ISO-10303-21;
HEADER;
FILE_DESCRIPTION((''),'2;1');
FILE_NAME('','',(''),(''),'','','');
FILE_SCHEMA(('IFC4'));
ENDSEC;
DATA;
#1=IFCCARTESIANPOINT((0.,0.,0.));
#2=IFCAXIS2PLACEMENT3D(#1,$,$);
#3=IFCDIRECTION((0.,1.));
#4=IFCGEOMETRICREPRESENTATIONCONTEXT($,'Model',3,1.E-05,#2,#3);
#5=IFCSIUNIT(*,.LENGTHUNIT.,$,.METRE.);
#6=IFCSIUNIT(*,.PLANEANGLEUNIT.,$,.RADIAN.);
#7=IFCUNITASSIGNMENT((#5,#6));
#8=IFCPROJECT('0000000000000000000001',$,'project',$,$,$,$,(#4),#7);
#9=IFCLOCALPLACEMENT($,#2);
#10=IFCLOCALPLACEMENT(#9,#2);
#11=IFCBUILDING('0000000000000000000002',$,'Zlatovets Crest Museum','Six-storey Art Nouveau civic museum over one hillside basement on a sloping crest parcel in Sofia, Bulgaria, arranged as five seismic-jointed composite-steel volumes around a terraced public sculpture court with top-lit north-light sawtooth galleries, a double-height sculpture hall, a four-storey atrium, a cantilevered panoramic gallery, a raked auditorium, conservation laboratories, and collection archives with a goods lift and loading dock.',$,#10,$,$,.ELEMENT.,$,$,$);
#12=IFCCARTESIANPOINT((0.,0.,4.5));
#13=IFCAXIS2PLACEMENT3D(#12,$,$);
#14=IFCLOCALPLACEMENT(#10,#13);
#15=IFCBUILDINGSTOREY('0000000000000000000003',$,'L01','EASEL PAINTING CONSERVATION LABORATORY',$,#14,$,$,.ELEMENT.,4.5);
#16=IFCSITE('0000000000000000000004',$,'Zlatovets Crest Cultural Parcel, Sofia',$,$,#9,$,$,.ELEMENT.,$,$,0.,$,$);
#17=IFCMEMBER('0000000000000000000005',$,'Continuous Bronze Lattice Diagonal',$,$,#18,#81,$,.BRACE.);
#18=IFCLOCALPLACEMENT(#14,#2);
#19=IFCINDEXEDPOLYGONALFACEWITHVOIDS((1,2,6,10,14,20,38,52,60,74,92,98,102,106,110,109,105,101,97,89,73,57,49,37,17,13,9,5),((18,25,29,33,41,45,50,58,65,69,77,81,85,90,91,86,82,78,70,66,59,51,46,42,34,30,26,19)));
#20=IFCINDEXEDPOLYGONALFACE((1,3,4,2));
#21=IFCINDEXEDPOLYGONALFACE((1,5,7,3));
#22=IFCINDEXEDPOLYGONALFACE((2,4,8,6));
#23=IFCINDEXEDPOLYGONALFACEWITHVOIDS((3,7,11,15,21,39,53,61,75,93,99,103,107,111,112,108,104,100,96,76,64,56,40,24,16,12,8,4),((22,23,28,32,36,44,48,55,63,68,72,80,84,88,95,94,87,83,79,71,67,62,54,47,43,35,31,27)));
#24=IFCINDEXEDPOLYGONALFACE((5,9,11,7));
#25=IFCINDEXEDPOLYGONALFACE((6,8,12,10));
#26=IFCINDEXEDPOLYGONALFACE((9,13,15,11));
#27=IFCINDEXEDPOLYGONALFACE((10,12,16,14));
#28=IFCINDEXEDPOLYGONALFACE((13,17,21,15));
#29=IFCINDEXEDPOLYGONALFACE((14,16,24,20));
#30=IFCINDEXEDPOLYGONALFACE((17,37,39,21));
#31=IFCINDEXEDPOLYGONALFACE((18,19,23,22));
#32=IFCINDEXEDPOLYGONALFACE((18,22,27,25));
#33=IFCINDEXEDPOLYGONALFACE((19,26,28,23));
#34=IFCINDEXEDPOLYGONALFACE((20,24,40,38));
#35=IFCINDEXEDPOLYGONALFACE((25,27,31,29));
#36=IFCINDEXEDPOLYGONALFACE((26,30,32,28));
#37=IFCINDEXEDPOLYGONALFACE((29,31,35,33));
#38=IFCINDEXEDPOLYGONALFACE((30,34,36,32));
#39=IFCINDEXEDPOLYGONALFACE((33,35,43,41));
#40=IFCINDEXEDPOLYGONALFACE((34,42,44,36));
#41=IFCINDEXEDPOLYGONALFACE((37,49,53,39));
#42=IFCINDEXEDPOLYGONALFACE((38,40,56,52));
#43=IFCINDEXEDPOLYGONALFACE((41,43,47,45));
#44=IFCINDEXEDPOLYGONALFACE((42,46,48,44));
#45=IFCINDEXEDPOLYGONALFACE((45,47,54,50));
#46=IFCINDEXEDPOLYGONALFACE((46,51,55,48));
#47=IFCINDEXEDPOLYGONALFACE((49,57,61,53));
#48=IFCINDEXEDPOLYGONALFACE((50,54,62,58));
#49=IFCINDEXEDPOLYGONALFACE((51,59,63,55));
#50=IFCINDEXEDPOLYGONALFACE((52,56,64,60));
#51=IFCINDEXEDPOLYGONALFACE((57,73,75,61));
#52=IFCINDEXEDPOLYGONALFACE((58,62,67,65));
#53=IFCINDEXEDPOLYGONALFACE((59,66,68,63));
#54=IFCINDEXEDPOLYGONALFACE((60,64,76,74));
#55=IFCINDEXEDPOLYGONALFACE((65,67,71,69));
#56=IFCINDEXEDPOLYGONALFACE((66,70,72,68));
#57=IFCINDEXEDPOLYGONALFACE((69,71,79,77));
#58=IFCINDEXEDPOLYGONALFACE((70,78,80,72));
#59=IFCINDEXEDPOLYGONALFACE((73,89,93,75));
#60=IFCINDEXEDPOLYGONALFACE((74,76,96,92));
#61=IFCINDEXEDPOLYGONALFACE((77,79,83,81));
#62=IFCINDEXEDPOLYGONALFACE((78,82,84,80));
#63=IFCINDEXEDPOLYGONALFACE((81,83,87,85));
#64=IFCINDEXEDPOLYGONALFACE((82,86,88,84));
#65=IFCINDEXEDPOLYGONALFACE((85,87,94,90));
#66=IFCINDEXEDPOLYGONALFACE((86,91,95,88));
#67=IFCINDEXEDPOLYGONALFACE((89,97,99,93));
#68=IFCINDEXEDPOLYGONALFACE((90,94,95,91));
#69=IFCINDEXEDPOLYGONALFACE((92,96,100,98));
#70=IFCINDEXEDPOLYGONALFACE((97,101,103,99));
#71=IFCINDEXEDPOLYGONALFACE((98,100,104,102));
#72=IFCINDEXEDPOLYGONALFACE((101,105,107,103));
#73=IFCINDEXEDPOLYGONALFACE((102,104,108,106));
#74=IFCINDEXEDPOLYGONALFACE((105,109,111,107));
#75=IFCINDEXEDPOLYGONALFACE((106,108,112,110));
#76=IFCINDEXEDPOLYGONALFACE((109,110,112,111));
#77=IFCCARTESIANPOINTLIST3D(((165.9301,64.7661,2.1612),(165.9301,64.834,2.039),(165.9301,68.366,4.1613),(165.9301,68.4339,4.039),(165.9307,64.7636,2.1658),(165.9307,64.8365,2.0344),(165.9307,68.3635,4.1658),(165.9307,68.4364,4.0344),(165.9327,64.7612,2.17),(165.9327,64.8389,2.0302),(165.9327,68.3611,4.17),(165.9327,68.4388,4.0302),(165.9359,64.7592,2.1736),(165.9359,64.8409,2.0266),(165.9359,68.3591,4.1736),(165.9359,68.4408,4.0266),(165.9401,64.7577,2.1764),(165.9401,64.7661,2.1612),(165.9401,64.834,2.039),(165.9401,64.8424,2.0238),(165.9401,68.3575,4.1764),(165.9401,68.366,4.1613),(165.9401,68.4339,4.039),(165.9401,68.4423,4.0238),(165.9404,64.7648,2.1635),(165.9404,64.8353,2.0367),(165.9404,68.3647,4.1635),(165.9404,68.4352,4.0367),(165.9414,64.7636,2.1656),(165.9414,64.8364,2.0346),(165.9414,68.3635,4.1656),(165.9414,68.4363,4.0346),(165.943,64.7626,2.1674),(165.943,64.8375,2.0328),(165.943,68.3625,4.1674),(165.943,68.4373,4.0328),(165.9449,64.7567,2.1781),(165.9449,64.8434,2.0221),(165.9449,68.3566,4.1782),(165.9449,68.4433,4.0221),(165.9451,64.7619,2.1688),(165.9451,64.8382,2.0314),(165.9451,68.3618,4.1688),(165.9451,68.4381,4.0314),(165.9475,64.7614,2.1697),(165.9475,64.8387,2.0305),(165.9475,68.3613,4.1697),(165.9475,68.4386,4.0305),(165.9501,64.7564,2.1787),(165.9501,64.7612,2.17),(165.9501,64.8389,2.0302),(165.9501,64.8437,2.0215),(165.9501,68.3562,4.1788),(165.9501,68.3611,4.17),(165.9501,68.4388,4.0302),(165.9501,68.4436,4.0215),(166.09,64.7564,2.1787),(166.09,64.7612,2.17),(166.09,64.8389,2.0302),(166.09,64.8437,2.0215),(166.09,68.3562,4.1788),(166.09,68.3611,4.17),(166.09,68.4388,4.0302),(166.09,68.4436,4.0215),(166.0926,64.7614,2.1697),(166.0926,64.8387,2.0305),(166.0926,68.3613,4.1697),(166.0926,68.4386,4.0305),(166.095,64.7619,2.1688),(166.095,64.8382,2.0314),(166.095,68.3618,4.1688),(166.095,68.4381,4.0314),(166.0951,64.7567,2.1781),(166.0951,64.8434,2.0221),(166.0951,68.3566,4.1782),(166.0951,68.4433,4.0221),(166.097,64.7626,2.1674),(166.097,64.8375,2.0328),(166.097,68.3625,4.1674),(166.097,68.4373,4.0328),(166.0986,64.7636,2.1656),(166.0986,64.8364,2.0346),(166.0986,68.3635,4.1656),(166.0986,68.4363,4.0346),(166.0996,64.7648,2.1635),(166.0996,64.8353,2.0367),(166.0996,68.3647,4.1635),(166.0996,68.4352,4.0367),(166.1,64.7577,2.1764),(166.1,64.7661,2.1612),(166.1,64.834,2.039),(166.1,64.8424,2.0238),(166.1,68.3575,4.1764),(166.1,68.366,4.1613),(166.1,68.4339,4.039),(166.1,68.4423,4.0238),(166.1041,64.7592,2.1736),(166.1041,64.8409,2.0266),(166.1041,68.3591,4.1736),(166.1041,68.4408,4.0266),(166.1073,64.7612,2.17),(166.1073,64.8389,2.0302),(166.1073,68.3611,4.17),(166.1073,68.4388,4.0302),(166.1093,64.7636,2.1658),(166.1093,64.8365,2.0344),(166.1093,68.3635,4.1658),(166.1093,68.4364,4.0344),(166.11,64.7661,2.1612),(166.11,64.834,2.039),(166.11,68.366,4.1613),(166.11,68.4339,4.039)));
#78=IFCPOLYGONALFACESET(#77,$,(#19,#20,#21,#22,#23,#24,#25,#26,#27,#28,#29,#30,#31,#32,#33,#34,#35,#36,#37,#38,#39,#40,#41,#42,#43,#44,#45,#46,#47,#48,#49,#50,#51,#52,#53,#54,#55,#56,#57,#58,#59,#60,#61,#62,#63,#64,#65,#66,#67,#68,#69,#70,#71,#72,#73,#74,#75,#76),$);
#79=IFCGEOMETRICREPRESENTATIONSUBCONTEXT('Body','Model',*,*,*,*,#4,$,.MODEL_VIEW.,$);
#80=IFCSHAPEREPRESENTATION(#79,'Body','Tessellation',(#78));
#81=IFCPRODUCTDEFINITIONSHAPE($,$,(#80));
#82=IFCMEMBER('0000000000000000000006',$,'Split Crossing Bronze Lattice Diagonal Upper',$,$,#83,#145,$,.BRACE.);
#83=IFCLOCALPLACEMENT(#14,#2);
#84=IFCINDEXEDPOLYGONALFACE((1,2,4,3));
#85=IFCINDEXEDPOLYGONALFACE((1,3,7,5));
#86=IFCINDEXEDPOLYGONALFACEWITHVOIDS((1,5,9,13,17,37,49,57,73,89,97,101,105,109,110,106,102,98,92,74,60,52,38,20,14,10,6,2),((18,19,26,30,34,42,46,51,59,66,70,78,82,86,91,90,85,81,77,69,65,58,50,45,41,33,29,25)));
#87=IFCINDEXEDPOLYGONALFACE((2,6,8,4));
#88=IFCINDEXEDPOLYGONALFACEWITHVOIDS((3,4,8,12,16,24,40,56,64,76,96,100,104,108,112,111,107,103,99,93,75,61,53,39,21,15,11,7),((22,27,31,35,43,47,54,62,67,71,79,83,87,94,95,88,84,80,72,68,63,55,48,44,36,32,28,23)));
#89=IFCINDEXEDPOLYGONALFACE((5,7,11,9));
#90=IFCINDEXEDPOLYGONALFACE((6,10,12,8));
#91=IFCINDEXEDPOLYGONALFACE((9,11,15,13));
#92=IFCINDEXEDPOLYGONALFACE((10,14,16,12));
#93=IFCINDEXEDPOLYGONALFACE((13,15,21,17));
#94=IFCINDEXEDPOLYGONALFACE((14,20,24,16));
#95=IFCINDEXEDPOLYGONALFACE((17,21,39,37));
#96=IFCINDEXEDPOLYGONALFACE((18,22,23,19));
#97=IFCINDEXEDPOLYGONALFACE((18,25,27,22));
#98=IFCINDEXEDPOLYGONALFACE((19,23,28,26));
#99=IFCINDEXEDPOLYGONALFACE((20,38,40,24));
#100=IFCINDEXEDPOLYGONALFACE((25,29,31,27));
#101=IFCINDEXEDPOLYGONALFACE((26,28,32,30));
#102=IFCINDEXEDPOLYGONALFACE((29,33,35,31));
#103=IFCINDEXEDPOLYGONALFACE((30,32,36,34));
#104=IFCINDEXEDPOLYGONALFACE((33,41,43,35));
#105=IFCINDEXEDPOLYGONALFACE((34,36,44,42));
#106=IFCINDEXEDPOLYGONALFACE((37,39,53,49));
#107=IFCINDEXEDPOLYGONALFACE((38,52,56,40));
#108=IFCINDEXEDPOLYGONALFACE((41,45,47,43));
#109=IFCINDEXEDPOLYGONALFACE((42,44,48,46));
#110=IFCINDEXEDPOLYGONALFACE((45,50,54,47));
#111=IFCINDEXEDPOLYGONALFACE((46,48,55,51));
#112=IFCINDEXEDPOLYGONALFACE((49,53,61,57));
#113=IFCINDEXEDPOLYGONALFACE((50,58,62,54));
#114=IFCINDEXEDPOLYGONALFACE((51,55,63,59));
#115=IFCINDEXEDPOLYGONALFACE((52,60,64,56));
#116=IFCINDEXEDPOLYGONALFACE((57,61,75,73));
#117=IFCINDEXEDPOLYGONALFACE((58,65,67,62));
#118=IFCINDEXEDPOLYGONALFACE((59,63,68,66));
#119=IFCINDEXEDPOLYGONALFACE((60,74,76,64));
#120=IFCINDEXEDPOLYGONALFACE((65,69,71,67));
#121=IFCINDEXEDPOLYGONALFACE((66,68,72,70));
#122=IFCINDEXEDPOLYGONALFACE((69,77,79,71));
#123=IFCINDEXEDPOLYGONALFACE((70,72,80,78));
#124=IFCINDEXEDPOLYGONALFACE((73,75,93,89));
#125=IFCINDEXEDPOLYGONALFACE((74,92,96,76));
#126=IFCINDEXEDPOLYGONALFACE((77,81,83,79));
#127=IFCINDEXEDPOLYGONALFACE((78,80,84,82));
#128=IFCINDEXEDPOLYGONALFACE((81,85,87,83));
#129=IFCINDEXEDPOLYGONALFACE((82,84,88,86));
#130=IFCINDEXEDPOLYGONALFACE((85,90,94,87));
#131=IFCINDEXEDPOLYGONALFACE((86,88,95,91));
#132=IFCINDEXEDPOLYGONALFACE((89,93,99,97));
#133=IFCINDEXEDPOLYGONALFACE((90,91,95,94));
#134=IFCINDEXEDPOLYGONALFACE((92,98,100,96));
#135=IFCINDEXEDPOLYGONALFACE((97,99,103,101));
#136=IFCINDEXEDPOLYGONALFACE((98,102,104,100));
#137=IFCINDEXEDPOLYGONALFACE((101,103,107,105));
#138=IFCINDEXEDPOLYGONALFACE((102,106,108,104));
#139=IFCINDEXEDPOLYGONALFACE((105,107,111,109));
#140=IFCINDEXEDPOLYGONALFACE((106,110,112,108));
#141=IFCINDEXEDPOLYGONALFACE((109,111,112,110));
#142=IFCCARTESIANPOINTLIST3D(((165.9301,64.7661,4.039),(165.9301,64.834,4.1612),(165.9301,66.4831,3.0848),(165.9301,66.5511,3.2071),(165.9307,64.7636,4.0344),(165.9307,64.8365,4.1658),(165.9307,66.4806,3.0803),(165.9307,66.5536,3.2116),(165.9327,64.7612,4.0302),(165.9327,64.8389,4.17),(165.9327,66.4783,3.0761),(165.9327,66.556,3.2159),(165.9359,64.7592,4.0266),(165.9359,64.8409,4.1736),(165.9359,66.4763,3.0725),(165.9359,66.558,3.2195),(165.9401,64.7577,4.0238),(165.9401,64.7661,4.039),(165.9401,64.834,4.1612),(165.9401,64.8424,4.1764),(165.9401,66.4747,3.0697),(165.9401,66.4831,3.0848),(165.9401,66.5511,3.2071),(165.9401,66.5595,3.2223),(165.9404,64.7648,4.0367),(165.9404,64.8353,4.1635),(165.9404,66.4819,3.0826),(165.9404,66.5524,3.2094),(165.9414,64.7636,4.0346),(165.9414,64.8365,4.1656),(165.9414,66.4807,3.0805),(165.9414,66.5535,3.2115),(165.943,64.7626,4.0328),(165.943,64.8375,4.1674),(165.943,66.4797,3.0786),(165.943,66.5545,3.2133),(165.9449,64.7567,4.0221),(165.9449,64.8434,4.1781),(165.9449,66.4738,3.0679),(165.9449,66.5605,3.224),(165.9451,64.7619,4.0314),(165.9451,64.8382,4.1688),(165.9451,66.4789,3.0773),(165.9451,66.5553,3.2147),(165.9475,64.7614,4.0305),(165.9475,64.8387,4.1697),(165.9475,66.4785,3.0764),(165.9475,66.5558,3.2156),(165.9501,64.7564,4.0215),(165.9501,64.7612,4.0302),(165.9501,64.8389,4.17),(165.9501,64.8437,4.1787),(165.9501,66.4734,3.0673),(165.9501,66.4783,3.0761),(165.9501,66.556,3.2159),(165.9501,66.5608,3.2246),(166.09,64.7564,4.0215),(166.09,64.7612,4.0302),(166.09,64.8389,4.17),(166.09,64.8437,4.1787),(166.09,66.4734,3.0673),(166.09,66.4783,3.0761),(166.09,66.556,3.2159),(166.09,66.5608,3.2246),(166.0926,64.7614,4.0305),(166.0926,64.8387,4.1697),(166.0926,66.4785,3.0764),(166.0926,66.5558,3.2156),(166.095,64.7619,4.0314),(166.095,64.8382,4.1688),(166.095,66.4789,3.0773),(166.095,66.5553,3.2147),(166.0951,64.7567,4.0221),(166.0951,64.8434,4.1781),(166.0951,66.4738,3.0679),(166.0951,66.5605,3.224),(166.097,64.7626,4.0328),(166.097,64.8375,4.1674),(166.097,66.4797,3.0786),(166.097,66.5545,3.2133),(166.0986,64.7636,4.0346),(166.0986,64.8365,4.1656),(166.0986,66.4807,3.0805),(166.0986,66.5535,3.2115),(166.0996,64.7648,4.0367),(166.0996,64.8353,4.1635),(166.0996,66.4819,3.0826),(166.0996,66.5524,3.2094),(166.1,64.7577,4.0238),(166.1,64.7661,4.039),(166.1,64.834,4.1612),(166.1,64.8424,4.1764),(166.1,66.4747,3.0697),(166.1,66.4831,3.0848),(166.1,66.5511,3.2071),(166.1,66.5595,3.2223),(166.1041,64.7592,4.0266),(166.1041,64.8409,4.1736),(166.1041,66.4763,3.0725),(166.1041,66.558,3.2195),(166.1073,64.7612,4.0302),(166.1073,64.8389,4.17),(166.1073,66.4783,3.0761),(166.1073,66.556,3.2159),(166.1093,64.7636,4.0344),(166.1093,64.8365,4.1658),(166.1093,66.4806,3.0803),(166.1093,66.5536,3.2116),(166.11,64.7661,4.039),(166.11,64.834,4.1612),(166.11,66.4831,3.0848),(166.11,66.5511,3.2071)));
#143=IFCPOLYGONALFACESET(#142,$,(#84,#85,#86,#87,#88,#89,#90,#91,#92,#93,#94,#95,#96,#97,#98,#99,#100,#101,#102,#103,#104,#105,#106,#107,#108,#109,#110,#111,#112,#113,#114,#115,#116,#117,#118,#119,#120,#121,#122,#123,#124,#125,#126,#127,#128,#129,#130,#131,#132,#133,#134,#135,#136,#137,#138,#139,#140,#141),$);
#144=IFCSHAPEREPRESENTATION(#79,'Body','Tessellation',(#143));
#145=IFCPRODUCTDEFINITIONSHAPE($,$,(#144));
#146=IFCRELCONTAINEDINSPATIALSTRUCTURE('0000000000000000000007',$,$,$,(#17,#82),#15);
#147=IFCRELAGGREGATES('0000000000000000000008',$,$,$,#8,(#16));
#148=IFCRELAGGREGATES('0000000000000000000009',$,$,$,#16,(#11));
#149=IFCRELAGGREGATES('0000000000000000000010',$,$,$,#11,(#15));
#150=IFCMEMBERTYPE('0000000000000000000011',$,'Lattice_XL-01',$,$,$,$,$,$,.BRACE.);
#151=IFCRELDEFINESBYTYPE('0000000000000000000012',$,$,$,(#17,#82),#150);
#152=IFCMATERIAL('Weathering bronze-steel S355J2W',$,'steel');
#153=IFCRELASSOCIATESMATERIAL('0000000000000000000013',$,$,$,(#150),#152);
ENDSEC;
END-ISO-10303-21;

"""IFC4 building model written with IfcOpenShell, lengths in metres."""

from ifc_helpers import new_model, si_unit, direction, frame, origin, origin_2d, place, context, subcontext, project, spatial, hollow_rectangle, extrude, material, material_profile, profile_set, type_object, element, save


model = new_model("IFC4")

# Units and contexts
model_context = context("Model", 3, precision=1e-05, world=origin(), true_north=direction((0.0, 1.0)))
body_context = subcontext(model_context, "Body", "Model", "MODEL_VIEW")
ifc_project = project(units=[si_unit("LENGTHUNIT", "METRE"), si_unit("PLANEANGLEUNIT", "RADIAN")], contexts=[model_context])

# Site, building, storey
site_placement = place(None, origin())
site = spatial("IfcSite", under=ifc_project, at=site_placement, Name="Zlatovets Crest Cultural Parcel, Sofia", CompositionType="ELEMENT", RefElevation=0.0)
building_placement = place(site_placement, origin())
building = spatial("IfcBuilding", under=site, at=building_placement, Name="Zlatovets Crest Museum", Description="Six-storey Art Nouveau civic museum over one hillside basement on a sloping crest parcel in Sofia, Bulgaria, arranged as five seismic-jointed composite-steel volumes around a terraced public sculpture court with top-lit north-light sawtooth galleries, a double-height sculpture hall, a four-storey atrium, a cantilevered panoramic gallery, a raked auditorium, conservation laboratories, and collection archives with a goods lift and loading dock.", CompositionType="ELEMENT")
storey_placement = place(building_placement, frame((0.0, 0.0, 4.5)))
storey = spatial("IfcBuildingStorey", under=building, at=storey_placement, Name="L01", Description="EASEL PAINTING CONSERVATION LABORATORY", CompositionType="ELEMENT", Elevation=4.5)

# Members
ifc_material_1 = material(Name="Weathering bronze-steel S355J2W", Category="steel")
ifc_material_profile_1 = material_profile(ifc_material_1, hollow_rectangle(XDim=0.1799, YDim=0.1799, WallThickness=0.01, InnerFilletRadius=0.01, OuterFilletRadius=0.02, at=origin_2d()), Name="SHS 180x180x10.0")
ifc_profile_set_1 = profile_set([ifc_material_profile_1], Name="Weathering bronze-steel S355J2W")
member_type_1 = type_object("IfcMemberType", Name="Lattice_XL-01", PredefinedType="BRACE", material=ifc_profile_set_1)
member_1_placement = place(storey_placement, frame((166.02, 64.8, 2.1001), z_axis=(0.0, 0.874149, 0.485658), x_axis=(-1.0, 0.0, 0.0)))
element("IfcMember", 1, at=member_1_placement, inside=storey, type_object=member_type_1, Name="Continuous Bronze Lattice Diagonal", PredefinedType="BRACE", context=body_context, shape_type="SweptSolid", body=[
    extrude(hollow_rectangle(XDim=0.1799, YDim=0.1799, WallThickness=0.01, InnerFilletRadius=0.01, OuterFilletRadius=0.02, at=origin_2d()), origin(), (0.0, 0.0, 1.0), 4.1182),
])
member_2_placement = place(storey_placement, frame((166.02, 64.8, 4.1001), z_axis=(0.0, 0.874116, -0.485717), x_axis=(-1.0, 0.0, 0.0)))
element("IfcMember", 2, at=member_2_placement, inside=storey, type_object=member_type_1, Name="Split Crossing Bronze Lattice Diagonal Upper", PredefinedType="BRACE", context=body_context, shape_type="SweptSolid", body=[
    extrude(hollow_rectangle(XDim=0.1799, YDim=0.1799, WallThickness=0.01, InnerFilletRadius=0.01, OuterFilletRadius=0.02, at=origin_2d()), origin(), (0.0, 0.0, 1.0), 1.9644),
])

save(model, "model.ifc")
